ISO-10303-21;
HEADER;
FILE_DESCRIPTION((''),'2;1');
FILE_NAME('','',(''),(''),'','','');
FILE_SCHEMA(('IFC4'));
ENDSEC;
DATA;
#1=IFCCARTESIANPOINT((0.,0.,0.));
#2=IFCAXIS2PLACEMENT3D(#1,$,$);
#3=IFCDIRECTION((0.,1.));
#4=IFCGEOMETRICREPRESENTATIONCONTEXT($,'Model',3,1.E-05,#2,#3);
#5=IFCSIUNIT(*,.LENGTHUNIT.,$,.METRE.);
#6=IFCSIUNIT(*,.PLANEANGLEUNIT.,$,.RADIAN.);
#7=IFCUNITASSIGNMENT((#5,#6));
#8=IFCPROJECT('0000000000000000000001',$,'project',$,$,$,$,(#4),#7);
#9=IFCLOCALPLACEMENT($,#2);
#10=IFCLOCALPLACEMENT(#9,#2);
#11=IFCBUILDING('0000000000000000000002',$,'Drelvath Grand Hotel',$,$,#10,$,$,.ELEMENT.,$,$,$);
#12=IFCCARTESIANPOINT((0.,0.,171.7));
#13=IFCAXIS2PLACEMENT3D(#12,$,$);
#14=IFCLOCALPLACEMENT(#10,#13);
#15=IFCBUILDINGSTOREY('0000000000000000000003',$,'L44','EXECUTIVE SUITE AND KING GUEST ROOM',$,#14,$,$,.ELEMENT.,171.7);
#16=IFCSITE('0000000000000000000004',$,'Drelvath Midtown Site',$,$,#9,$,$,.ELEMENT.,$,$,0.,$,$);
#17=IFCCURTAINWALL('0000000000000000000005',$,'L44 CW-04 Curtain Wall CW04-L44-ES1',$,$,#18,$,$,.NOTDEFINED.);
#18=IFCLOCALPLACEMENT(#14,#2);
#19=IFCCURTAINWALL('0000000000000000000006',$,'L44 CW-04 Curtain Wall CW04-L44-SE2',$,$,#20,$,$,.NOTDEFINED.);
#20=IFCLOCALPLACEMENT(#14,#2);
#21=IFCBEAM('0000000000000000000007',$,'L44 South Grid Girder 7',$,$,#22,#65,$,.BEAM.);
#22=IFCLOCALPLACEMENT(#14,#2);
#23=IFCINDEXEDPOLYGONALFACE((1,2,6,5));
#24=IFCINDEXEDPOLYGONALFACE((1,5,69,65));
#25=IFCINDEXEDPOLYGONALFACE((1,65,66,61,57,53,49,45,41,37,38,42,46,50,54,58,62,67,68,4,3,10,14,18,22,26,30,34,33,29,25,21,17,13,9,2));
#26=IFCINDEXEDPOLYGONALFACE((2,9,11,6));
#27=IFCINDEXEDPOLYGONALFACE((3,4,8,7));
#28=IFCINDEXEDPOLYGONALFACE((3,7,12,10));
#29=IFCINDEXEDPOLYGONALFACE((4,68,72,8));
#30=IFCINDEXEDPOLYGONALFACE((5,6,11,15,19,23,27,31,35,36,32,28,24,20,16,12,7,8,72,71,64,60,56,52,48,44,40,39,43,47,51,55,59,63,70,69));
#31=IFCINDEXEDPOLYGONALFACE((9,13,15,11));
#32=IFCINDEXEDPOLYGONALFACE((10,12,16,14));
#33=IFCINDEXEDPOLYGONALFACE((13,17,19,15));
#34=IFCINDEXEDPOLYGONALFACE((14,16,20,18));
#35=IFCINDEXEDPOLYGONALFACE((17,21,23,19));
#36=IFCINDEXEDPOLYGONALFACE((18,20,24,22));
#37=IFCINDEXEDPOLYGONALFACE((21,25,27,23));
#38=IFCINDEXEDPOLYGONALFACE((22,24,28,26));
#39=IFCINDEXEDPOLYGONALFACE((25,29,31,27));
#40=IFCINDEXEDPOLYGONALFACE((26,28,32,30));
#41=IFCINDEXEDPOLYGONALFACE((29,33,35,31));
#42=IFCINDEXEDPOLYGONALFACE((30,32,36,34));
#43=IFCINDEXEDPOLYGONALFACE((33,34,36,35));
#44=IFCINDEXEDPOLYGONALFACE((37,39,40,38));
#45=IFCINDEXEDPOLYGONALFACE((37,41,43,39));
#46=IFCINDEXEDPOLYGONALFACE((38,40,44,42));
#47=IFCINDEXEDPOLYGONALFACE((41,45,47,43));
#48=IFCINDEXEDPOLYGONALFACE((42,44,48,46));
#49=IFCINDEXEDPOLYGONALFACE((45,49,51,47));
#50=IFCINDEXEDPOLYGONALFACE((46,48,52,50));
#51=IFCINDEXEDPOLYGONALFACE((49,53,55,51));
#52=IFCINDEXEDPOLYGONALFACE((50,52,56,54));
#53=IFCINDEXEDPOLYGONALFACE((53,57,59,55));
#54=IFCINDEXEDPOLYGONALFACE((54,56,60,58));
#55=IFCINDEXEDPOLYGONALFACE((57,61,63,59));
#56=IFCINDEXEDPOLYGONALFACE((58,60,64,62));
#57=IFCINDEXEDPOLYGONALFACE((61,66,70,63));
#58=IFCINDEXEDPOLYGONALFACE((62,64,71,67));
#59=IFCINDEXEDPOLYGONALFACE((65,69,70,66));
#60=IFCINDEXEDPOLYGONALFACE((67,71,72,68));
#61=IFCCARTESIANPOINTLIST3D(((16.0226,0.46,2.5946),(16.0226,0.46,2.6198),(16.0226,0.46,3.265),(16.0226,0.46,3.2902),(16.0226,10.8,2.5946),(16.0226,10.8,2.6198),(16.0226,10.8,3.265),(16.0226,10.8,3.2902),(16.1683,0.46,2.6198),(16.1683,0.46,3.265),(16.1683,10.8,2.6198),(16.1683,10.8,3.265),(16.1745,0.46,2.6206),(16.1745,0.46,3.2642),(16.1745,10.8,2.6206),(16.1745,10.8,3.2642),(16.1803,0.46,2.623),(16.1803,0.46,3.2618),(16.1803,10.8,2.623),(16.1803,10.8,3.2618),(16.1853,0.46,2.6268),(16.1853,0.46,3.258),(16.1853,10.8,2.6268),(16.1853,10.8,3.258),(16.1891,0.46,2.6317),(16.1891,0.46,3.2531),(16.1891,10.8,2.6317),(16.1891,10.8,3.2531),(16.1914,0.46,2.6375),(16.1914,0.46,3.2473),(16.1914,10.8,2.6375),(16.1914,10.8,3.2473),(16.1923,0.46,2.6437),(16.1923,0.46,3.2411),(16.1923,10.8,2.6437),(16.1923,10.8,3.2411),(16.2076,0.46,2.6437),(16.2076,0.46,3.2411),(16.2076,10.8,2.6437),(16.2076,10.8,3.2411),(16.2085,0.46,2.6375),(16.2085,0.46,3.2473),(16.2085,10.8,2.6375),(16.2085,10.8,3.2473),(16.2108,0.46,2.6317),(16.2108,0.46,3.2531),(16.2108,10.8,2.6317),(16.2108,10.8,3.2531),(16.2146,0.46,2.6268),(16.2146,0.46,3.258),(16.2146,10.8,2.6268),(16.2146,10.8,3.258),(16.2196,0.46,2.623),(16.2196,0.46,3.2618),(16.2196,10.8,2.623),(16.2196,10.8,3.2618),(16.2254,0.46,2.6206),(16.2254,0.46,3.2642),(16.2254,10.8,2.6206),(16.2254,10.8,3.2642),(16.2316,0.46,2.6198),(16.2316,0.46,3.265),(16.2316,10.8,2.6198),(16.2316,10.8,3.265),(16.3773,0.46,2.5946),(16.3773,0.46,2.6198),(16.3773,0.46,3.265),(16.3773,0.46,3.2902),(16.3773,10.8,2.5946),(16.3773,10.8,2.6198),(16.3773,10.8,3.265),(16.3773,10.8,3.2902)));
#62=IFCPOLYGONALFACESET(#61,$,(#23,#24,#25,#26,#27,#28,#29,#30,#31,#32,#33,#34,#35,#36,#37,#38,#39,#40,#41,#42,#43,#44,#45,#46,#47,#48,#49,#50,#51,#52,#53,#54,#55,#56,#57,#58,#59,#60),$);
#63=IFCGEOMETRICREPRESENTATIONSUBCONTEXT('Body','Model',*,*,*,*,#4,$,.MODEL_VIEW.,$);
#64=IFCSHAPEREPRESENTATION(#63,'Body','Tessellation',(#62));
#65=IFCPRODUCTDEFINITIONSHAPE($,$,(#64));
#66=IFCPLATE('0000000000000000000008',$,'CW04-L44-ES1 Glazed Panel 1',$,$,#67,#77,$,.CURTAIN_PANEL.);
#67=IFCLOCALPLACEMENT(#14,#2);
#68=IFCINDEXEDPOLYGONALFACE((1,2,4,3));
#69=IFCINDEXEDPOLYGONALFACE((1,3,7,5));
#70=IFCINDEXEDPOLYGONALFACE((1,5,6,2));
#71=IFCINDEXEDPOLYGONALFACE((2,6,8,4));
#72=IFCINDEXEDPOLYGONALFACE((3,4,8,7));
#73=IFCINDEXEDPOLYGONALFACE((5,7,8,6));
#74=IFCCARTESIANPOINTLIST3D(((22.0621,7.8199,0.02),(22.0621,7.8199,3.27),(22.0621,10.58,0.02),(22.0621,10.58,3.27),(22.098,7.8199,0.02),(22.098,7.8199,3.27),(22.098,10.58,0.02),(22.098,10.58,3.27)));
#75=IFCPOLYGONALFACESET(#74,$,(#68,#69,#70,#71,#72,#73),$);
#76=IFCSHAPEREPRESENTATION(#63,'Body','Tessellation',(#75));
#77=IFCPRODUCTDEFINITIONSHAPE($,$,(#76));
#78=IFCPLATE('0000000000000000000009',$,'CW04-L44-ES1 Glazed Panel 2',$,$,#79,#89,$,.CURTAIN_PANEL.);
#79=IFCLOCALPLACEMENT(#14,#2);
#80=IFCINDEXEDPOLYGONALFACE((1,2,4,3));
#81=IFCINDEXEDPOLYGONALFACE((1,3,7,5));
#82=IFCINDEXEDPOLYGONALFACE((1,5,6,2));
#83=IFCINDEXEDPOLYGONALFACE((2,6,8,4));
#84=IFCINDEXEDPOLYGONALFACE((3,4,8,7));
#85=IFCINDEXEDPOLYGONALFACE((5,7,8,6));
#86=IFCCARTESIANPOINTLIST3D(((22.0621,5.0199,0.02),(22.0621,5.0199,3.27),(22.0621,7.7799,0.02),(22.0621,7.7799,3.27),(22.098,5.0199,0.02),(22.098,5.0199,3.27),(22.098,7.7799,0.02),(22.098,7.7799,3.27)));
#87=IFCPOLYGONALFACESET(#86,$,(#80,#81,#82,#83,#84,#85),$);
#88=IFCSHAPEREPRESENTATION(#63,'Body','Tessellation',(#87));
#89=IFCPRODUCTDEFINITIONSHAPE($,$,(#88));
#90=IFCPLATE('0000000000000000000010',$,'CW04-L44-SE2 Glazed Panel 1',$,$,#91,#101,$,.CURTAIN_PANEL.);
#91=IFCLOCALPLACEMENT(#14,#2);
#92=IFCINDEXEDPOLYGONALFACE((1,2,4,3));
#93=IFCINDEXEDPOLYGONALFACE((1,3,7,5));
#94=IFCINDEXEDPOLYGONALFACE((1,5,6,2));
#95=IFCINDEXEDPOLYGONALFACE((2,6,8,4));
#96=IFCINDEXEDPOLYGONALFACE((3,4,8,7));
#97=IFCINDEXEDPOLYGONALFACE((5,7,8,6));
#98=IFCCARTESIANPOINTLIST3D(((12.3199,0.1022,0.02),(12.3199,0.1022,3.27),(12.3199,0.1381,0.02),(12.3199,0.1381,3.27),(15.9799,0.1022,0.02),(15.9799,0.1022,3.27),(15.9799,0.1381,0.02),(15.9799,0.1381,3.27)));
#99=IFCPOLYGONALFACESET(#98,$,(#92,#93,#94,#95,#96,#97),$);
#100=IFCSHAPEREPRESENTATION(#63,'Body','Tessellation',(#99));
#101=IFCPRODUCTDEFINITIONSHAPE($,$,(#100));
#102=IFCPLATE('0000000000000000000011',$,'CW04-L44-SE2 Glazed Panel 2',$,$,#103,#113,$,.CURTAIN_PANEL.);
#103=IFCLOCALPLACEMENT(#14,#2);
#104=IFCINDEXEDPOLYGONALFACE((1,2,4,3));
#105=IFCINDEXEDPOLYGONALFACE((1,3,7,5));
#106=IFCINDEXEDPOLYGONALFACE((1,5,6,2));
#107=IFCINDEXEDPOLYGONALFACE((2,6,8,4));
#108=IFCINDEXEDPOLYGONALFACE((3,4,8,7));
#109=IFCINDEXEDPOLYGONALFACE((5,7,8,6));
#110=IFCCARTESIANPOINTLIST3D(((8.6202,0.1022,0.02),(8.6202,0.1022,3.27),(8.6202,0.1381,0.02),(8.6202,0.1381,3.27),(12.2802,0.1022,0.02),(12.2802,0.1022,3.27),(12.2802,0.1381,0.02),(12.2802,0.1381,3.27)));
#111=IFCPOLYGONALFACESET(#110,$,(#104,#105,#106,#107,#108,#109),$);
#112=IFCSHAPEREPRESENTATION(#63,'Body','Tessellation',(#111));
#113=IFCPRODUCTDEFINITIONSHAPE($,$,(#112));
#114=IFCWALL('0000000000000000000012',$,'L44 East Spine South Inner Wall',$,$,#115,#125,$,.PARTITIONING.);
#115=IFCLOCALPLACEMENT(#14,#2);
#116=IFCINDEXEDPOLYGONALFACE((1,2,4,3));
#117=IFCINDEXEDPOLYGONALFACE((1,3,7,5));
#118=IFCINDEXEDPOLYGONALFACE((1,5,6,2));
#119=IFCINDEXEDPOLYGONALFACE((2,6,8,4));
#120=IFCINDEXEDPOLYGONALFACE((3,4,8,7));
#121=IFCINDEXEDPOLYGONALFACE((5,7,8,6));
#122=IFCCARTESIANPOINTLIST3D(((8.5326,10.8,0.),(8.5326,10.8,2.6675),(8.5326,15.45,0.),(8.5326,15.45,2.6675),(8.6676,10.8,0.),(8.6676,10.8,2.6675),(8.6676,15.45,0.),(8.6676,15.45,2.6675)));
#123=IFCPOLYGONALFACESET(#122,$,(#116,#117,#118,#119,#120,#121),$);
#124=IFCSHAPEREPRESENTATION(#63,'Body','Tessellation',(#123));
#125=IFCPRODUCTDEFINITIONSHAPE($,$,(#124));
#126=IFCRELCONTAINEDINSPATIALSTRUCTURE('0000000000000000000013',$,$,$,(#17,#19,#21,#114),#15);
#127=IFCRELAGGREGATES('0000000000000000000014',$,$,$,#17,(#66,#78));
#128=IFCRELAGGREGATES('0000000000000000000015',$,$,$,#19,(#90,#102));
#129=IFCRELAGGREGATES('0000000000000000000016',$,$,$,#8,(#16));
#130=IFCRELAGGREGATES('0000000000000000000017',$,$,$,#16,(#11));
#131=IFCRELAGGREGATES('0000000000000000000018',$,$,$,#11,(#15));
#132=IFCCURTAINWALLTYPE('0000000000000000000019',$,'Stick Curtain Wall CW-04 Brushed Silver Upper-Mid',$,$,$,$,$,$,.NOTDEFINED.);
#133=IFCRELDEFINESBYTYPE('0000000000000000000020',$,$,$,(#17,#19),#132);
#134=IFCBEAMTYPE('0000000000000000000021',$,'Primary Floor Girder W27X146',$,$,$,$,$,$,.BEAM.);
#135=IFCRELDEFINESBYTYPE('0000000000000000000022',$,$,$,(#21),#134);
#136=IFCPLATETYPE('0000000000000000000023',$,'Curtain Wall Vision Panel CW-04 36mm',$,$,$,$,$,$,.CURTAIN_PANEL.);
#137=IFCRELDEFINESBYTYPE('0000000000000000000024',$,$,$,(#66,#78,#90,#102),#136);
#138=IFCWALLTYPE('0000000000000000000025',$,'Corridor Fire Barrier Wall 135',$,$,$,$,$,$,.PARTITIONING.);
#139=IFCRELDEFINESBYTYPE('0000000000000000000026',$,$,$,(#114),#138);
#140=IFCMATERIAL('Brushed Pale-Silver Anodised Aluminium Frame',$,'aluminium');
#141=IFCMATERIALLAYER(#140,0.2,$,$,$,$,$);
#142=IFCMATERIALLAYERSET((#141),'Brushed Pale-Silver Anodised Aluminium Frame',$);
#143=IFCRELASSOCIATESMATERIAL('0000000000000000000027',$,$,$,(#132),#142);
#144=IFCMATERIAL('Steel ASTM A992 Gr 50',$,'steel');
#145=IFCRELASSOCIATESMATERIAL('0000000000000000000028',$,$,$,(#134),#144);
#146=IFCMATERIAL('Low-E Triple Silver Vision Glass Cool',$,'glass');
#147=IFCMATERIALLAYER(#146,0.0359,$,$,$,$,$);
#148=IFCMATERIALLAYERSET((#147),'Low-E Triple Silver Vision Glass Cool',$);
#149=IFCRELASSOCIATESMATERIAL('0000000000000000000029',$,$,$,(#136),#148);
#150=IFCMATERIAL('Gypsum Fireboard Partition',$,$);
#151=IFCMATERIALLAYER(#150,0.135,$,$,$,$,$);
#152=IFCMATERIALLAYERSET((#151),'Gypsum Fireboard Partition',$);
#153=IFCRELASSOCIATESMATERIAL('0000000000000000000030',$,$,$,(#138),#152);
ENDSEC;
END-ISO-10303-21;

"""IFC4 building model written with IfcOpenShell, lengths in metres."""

from ifc_helpers import new_model, si_unit, direction, frame, frame_2d, origin, origin_2d, place, context, subcontext, project, spatial, rectangle, i_section, extrude, material, layer, layer_set, material_profile, profile_set, type_object, element, aggregate, save


model = new_model("IFC4")

# Units and contexts
model_context = context("Model", 3, precision=1e-05, world=origin(), true_north=direction((0.0, 1.0)))
body_context = subcontext(model_context, "Body", "Model", "MODEL_VIEW")
ifc_project = project(units=[si_unit("LENGTHUNIT", "METRE"), si_unit("PLANEANGLEUNIT", "RADIAN")], contexts=[model_context])

# Site, building, storey
site_placement = place(None, origin())
site = spatial("IfcSite", under=ifc_project, at=site_placement, Name="Drelvath Midtown Site", CompositionType="ELEMENT", RefElevation=0.0)
building_placement = place(site_placement, origin())
building = spatial("IfcBuilding", under=site, at=building_placement, Name="Drelvath Grand Hotel", CompositionType="ELEMENT")
storey_placement = place(building_placement, frame((0.0, 0.0, 171.7)))
storey = spatial("IfcBuildingStorey", under=building, at=storey_placement, Name="L44", Description="EXECUTIVE SUITE AND KING GUEST ROOM", CompositionType="ELEMENT", Elevation=171.7)

# Curtain walls
ifc_material_1 = material(Name="Brushed Pale-Silver Anodised Aluminium Frame", Category="aluminium")
ifc_layer_1 = layer(ifc_material_1, 0.2)
ifc_layer_set_1 = layer_set([ifc_layer_1], Name="Brushed Pale-Silver Anodised Aluminium Frame")
curtain_wall_type = type_object("IfcCurtainWallType", Name="Stick Curtain Wall CW-04 Brushed Silver Upper-Mid", PredefinedType="NOTDEFINED", material=ifc_layer_set_1)
curtain_wall_1_placement = place(storey_placement, origin())
curtain_wall_1 = element("IfcCurtainWall", 1, at=curtain_wall_1_placement, inside=storey, type_object=curtain_wall_type, Name="L44 CW-04 Curtain Wall CW04-L44-ES1", PredefinedType="NOTDEFINED")
curtain_wall_2_placement = place(storey_placement, origin())
curtain_wall_2 = element("IfcCurtainWall", 2, at=curtain_wall_2_placement, inside=storey, type_object=curtain_wall_type, Name="L44 CW-04 Curtain Wall CW04-L44-SE2", PredefinedType="NOTDEFINED")

# Beam
ifc_material_2 = material(Name="Steel ASTM A992 Gr 50", Category="steel")
ifc_material_profile_1 = material_profile(ifc_material_2, i_section(OverallWidth=0.3547, OverallDepth=0.6956, WebThickness=0.0154, FlangeThickness=0.0251, FilletRadius=0.0239, at=origin_2d()), Name="W27X146")
ifc_profile_set_1 = profile_set([ifc_material_profile_1], Name="Steel ASTM A992 Gr 50")
beam_type = type_object("IfcBeamType", Name="Primary Floor Girder W27X146", PredefinedType="BEAM", material=ifc_profile_set_1)
beam_placement = place(storey_placement, frame((16.2, 0.46, 2.9424), z_axis=(0.0, 1.0, 0.0), x_axis=(-1.0, 0.0, 0.0)))
element("IfcBeam", 3, at=beam_placement, inside=storey, type_object=beam_type, Name="L44 South Grid Girder 7", PredefinedType="BEAM", context=body_context, shape_type="SweptSolid", body=[
    extrude(i_section(OverallWidth=0.3547, OverallDepth=0.6956, WebThickness=0.0154, FlangeThickness=0.0251, FilletRadius=0.0239, at=origin_2d()), origin(), (0.0, 0.0, 1.0), 10.3401),
])

# Plates
ifc_material_3 = material(Name="Low-E Triple Silver Vision Glass Cool", Category="glass")
ifc_layer_2 = layer(ifc_material_3, 0.0359)
ifc_layer_set_2 = layer_set([ifc_layer_2], Name="Low-E Triple Silver Vision Glass Cool")
plate_type = type_object("IfcPlateType", Name="Curtain Wall Vision Panel CW-04 36mm", PredefinedType="CURTAIN_PANEL", material=ifc_layer_set_2)
plate_1_placement = place(storey_placement, frame((22.0801, 9.2, 0.02), z_axis=(0.0, 0.0, 1.0), x_axis=(0.0, -1.0, 0.0)))
plate_1 = element("IfcPlate", 4, at=plate_1_placement, type_object=plate_type, Name="CW04-L44-ES1 Glazed Panel 1", PredefinedType="CURTAIN_PANEL", context=body_context, shape_type="SweptSolid", body=[
    extrude(rectangle(XDim=2.76, YDim=0.0359, at=origin_2d()), origin(), (0.0, 0.0, 1.0), 3.25),
])
plate_2_placement = place(storey_placement, frame((22.0801, 6.3999, 0.02), z_axis=(0.0, 0.0, 1.0), x_axis=(0.0, -1.0, 0.0)))
plate_2 = element("IfcPlate", 5, at=plate_2_placement, type_object=plate_type, Name="CW04-L44-ES1 Glazed Panel 2", PredefinedType="CURTAIN_PANEL", context=body_context, shape_type="SweptSolid", body=[
    extrude(rectangle(XDim=2.76, YDim=0.0359, at=origin_2d()), origin(), (0.0, 0.0, 1.0), 3.25),
])
aggregate(curtain_wall_1, [plate_1, plate_2])
plate_3_placement = place(storey_placement, frame((14.1499, 0.1201, 0.02), z_axis=(0.0, 0.0, 1.0), x_axis=(-1.0, 0.0, 0.0)))
plate_3 = element("IfcPlate", 6, at=plate_3_placement, type_object=plate_type, Name="CW04-L44-SE2 Glazed Panel 1", PredefinedType="CURTAIN_PANEL", context=body_context, shape_type="SweptSolid", body=[
    extrude(rectangle(XDim=3.6599, YDim=0.0359, at=origin_2d()), origin(), (0.0, 0.0, 1.0), 3.25),
])
plate_4_placement = place(storey_placement, frame((10.4502, 0.1201, 0.02), z_axis=(0.0, 0.0, 1.0), x_axis=(-1.0, 0.0, 0.0)))
plate_4 = element("IfcPlate", 7, at=plate_4_placement, type_object=plate_type, Name="CW04-L44-SE2 Glazed Panel 2", PredefinedType="CURTAIN_PANEL", context=body_context, shape_type="SweptSolid", body=[
    extrude(rectangle(XDim=3.6599, YDim=0.0359, at=origin_2d()), origin(), (0.0, 0.0, 1.0), 3.25),
])
aggregate(curtain_wall_2, [plate_3, plate_4])

# Wall
ifc_material_4 = material(Name="Gypsum Fireboard Partition")
ifc_layer_3 = layer(ifc_material_4, 0.135)
ifc_layer_set_3 = layer_set([ifc_layer_3], Name="Gypsum Fireboard Partition")
wall_type_1 = type_object("IfcWallType", Name="Corridor Fire Barrier Wall 135", PredefinedType="PARTITIONING", material=ifc_layer_set_3)
wall_1_placement = place(storey_placement, frame((8.6001, 10.8, 0.0), z_axis=(0.0, 0.0, 1.0), x_axis=(0.0, 1.0, 0.0)))
element("IfcWall", 8, at=wall_1_placement, inside=storey, type_object=wall_type_1, Name="L44 East Spine South Inner Wall", PredefinedType="PARTITIONING", context=body_context, shape_type="SweptSolid", body=[
    extrude(rectangle(XDim=4.6499, YDim=0.135, at=frame_2d((2.325, 0.0))), origin(), (0.0, 0.0, 1.0), 2.6675),
])

save(model, "model.ifc")
